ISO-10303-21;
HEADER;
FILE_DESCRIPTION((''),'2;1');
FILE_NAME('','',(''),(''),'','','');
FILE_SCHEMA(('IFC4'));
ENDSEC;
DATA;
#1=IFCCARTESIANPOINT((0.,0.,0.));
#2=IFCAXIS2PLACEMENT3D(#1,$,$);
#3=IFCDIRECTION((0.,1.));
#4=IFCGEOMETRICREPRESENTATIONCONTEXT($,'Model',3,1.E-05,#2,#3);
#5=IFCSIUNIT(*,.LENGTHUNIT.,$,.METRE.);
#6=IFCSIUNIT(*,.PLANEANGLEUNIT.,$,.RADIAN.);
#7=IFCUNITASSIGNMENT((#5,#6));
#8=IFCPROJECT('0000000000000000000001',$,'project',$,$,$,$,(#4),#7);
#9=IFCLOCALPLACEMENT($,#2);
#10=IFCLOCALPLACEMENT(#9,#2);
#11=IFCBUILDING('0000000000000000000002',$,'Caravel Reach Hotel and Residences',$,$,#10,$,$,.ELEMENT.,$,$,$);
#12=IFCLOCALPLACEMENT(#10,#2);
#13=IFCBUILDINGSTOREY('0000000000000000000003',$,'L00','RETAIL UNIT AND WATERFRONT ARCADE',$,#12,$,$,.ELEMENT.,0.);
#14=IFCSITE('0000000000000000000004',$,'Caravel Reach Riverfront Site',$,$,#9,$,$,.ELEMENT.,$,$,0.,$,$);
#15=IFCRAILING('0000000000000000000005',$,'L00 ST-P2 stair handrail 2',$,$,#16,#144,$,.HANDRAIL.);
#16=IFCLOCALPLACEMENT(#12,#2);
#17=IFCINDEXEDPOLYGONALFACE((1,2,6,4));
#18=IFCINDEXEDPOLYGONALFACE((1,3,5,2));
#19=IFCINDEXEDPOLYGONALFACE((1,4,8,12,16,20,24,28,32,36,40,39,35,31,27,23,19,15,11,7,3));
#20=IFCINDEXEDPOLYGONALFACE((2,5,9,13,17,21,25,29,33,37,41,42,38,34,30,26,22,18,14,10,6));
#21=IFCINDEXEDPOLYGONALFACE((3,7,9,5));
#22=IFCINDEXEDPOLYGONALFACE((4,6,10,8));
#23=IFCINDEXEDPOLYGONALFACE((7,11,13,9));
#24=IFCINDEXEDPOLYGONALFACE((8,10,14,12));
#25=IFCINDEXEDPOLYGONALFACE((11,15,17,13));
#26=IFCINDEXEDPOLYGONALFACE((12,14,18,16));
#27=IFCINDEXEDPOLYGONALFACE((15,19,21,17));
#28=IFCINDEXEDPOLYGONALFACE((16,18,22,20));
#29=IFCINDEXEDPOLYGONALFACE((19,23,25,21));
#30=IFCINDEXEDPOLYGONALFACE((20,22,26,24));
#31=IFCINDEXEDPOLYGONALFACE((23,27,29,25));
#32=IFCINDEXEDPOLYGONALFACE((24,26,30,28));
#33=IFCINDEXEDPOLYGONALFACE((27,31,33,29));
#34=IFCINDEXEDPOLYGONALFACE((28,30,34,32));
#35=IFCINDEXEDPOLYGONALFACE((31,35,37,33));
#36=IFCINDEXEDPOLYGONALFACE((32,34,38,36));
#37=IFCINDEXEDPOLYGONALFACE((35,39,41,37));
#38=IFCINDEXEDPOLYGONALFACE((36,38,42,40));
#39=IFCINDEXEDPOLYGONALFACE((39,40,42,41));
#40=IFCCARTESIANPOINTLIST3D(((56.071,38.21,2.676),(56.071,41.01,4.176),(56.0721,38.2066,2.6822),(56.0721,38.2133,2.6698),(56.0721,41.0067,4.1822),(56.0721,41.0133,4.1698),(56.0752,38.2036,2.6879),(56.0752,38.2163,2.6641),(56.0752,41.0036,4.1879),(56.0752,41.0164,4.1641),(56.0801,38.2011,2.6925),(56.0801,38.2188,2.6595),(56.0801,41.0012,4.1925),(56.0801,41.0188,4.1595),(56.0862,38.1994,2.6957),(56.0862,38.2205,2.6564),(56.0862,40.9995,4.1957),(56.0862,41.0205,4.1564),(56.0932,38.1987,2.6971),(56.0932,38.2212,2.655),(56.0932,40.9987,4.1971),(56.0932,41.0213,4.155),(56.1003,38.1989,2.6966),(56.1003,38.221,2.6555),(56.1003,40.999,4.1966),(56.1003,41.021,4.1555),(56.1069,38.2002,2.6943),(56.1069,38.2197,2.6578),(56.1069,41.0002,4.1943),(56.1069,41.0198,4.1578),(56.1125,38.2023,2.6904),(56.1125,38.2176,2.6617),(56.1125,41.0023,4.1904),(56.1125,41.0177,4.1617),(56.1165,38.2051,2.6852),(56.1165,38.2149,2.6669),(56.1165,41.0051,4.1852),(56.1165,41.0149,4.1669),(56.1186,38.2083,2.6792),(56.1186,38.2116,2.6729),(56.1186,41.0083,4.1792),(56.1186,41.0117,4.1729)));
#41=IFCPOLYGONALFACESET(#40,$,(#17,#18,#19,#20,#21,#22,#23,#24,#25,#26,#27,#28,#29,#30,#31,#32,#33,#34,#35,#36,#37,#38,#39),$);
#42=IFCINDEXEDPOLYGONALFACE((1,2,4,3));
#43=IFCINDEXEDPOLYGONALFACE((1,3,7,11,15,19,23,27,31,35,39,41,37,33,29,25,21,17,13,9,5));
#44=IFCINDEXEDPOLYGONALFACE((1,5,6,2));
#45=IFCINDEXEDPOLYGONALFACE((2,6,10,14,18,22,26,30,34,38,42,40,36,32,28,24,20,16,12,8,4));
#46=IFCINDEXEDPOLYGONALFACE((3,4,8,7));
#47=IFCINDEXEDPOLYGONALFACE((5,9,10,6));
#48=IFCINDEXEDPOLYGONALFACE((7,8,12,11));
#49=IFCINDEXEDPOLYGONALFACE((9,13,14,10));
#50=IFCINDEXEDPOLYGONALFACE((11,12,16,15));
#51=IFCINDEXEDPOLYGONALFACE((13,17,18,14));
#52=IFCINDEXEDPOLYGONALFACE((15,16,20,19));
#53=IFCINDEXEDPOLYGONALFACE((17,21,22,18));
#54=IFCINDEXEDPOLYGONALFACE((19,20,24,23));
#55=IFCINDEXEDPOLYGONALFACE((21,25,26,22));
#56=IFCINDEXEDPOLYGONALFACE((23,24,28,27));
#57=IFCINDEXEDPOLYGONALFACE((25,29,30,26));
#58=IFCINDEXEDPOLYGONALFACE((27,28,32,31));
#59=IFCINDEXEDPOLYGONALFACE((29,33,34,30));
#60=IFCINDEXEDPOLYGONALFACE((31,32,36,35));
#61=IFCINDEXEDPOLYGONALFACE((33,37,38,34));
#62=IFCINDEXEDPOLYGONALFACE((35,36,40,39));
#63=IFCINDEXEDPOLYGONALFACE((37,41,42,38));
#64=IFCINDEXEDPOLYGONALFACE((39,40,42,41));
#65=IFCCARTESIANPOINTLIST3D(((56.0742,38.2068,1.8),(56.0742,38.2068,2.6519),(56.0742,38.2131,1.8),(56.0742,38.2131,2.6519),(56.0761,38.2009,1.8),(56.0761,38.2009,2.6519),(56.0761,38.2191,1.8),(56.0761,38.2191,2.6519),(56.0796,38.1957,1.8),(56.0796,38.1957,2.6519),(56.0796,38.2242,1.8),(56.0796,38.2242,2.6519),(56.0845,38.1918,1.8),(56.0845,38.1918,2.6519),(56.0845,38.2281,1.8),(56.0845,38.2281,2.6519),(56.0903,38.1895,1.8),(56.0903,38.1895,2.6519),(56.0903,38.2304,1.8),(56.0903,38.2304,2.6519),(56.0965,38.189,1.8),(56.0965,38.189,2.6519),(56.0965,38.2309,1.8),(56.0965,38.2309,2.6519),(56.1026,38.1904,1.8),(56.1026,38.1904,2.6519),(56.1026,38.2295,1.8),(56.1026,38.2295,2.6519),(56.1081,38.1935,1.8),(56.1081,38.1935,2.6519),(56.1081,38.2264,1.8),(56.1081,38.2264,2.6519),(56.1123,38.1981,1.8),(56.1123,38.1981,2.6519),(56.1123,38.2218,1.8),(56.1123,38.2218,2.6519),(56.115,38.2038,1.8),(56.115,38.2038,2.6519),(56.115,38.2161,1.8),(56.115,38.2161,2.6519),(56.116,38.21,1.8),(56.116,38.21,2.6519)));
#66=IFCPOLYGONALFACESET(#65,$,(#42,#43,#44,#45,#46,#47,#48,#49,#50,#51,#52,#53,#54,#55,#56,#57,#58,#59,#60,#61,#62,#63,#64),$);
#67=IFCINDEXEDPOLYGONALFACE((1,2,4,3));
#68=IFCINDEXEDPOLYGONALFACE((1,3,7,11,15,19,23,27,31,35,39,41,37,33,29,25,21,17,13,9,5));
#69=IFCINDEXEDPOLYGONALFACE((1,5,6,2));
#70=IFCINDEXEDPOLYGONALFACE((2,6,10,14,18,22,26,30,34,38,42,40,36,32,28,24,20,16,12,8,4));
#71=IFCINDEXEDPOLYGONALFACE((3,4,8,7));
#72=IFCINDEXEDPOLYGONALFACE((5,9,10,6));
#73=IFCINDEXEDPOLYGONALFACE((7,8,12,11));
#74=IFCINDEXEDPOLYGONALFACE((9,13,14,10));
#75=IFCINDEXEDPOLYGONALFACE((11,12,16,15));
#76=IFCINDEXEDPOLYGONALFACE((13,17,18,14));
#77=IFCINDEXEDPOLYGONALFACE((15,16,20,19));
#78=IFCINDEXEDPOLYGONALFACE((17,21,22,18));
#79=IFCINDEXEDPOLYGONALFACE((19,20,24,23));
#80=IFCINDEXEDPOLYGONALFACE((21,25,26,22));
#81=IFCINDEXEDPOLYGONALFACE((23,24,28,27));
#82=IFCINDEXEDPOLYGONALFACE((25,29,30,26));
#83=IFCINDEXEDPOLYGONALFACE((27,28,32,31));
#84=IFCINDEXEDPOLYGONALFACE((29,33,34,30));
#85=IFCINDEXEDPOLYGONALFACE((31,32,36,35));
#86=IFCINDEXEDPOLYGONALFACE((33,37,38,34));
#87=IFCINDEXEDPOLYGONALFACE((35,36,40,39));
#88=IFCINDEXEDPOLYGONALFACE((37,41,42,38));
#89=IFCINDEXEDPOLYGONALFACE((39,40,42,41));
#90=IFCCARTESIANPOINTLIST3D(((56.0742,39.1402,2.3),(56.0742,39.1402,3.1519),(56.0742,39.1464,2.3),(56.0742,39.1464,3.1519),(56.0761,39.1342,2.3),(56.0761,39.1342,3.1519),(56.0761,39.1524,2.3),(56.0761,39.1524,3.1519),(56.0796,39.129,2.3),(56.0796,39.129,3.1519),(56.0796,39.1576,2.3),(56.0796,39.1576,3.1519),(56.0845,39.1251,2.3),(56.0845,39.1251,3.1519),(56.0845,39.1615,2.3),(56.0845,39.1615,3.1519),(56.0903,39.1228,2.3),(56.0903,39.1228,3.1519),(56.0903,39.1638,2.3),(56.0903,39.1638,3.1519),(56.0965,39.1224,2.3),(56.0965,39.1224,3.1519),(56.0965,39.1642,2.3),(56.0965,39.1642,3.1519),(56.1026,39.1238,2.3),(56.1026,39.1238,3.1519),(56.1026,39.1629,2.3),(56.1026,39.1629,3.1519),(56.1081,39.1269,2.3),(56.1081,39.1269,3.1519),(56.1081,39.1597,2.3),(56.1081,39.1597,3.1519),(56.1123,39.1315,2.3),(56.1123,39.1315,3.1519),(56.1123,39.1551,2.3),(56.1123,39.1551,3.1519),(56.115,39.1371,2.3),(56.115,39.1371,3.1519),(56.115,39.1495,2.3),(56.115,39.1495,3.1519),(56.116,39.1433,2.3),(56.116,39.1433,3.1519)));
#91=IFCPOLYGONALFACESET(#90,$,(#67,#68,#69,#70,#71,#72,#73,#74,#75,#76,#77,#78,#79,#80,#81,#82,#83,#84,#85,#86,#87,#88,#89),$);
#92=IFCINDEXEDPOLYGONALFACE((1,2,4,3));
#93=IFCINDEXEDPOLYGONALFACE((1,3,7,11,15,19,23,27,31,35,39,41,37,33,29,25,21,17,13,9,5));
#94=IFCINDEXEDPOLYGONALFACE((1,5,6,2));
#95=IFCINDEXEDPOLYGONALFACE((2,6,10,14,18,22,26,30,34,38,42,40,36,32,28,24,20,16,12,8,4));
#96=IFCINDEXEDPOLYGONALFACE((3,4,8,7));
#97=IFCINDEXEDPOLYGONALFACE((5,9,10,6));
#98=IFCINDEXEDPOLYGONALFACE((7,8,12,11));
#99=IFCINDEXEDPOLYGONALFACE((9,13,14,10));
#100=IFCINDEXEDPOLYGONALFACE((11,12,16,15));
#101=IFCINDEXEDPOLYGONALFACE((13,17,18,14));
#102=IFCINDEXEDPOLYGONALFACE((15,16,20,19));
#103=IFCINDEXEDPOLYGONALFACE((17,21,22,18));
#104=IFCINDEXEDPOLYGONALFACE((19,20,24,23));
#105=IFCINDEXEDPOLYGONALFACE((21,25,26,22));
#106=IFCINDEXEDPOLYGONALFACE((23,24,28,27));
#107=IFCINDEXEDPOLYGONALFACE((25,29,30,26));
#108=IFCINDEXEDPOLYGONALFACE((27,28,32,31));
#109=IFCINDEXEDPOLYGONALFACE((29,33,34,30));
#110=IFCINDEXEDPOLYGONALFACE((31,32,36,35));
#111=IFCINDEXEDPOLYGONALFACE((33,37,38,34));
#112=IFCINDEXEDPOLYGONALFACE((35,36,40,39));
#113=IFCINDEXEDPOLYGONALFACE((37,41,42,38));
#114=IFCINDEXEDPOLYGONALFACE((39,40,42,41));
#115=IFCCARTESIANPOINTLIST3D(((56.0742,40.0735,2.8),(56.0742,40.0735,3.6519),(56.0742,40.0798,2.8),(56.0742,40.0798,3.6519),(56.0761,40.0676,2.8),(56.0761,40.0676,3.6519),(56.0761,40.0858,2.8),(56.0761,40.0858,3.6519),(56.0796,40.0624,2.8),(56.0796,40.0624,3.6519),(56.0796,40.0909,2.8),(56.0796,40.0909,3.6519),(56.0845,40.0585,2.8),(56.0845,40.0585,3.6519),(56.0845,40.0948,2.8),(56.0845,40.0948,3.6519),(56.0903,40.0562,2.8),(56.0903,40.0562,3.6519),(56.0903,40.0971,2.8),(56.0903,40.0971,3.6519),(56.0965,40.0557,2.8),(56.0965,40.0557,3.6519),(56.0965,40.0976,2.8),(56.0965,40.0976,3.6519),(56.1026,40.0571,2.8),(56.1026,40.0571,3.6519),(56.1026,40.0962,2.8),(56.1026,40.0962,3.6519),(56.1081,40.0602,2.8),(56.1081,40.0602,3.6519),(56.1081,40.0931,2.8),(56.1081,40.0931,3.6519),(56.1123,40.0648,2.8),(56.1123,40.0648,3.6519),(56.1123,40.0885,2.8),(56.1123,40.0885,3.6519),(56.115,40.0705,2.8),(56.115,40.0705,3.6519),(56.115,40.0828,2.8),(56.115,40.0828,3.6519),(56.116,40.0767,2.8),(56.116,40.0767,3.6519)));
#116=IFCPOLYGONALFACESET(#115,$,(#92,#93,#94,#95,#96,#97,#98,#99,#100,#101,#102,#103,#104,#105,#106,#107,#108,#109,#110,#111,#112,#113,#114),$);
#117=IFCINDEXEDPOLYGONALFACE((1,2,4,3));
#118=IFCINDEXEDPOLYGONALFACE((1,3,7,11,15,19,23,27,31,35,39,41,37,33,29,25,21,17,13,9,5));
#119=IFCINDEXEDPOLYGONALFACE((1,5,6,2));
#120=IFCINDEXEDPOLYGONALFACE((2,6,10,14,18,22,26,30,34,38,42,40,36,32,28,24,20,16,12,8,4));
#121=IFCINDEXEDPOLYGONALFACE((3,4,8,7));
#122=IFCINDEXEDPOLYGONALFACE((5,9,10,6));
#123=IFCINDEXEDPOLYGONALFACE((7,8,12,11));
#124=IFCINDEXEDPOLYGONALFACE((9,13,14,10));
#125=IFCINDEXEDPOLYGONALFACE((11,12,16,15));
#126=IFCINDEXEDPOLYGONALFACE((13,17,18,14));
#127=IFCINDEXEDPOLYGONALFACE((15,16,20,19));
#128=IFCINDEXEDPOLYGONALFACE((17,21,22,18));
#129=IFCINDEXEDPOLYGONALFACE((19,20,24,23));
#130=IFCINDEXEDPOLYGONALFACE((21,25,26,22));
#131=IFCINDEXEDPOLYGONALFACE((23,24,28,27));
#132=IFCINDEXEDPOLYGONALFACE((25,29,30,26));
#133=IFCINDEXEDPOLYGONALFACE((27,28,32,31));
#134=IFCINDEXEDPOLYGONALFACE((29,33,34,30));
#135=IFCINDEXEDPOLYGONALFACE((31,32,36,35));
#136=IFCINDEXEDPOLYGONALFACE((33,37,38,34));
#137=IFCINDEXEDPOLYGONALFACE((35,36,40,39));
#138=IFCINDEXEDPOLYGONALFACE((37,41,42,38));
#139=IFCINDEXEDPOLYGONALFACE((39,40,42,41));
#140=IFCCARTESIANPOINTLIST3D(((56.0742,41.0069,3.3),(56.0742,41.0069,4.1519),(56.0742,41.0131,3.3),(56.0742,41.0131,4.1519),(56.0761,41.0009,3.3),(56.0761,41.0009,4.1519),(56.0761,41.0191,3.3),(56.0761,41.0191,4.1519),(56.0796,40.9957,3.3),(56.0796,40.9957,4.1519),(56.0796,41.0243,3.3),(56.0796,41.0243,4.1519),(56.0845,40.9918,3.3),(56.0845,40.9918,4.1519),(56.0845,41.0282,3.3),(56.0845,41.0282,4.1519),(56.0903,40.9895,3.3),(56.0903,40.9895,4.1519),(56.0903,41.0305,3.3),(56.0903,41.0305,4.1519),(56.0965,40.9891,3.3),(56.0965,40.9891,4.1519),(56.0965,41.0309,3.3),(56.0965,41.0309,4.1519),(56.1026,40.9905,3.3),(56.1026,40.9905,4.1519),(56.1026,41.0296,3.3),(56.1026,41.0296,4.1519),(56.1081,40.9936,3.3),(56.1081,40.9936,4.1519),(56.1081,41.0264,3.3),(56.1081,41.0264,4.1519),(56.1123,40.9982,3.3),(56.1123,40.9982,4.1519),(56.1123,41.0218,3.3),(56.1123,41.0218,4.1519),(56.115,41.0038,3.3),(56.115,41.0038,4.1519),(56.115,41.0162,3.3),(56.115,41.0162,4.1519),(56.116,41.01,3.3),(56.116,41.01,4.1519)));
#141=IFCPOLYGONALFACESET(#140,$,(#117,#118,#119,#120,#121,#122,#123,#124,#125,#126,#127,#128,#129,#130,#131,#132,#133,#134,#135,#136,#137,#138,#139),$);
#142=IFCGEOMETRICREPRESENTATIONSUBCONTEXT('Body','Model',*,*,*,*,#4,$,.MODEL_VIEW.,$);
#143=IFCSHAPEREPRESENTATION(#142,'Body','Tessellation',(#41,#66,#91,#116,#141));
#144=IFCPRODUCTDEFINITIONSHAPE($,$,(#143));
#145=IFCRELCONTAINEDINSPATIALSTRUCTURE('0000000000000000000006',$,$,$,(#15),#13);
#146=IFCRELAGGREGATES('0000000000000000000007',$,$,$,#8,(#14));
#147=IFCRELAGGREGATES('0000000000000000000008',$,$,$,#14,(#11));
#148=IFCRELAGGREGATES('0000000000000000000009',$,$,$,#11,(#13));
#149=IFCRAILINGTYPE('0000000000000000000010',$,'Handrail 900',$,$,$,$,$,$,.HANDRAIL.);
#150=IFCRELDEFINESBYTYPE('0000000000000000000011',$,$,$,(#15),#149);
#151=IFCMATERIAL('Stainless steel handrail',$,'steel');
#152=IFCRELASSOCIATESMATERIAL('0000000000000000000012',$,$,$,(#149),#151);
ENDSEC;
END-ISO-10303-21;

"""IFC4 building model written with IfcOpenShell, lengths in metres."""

from ifc_helpers import new_model, si_unit, direction, frame, origin, origin_2d, place, context, subcontext, project, spatial, circle, extrude, material, type_object, element, save


model = new_model("IFC4")

# Units and contexts
model_context = context("Model", 3, precision=1e-05, world=origin(), true_north=direction((0.0, 1.0)))
body_context = subcontext(model_context, "Body", "Model", "MODEL_VIEW")
ifc_project = project(units=[si_unit("LENGTHUNIT", "METRE"), si_unit("PLANEANGLEUNIT", "RADIAN")], contexts=[model_context])

# Site, building, storey
site_placement = place(None, origin())
site = spatial("IfcSite", under=ifc_project, at=site_placement, Name="Caravel Reach Riverfront Site", CompositionType="ELEMENT", RefElevation=0.0)
building_placement = place(site_placement, origin())
building = spatial("IfcBuilding", under=site, at=building_placement, Name="Caravel Reach Hotel and Residences", CompositionType="ELEMENT")
storey_placement = place(building_placement, origin())
storey = spatial("IfcBuildingStorey", under=building, at=storey_placement, Name="L00", Description="RETAIL UNIT AND WATERFRONT ARCADE", CompositionType="ELEMENT", Elevation=0.0)

# Railing
ifc_material_1 = material(Name="Stainless steel handrail", Category="steel")
railing_type_1 = type_object("IfcRailingType", Name="Handrail 900", PredefinedType="HANDRAIL", material=ifc_material_1)
railing_1_placement = place(storey_placement, frame((56.095, 38.21, 1.8)))
element("IfcRailing", 1, at=railing_1_placement, inside=storey, type_object=railing_type_1, Name="L00 ST-P2 stair handrail 2", PredefinedType="HANDRAIL", context=body_context, shape_type="SweptSolid", body=[
    extrude(circle(Radius=0.0239, at=origin_2d()), frame((0.0, 0.0, 0.876), z_axis=(0.0, 0.881483, 0.472215), x_axis=(-1.0, 0.0, 0.0)), (0.0, 0.0, 1.0), 3.1765),
    extrude(circle(Radius=0.021, at=origin_2d()), origin(), (0.0, 0.0, 1.0), 0.8518),
    extrude(circle(Radius=0.021, at=origin_2d()), frame((0.0, 0.9333, 0.5)), (0.0, 0.0, 1.0), 0.8518),
    extrude(circle(Radius=0.021, at=origin_2d()), frame((0.0, 1.8667, 1.0)), (0.0, 0.0, 1.0), 0.8518),
    extrude(circle(Radius=0.021, at=origin_2d()), frame((0.0, 2.8, 1.5)), (0.0, 0.0, 1.0), 0.8518),
])

save(model, "model.ifc")
